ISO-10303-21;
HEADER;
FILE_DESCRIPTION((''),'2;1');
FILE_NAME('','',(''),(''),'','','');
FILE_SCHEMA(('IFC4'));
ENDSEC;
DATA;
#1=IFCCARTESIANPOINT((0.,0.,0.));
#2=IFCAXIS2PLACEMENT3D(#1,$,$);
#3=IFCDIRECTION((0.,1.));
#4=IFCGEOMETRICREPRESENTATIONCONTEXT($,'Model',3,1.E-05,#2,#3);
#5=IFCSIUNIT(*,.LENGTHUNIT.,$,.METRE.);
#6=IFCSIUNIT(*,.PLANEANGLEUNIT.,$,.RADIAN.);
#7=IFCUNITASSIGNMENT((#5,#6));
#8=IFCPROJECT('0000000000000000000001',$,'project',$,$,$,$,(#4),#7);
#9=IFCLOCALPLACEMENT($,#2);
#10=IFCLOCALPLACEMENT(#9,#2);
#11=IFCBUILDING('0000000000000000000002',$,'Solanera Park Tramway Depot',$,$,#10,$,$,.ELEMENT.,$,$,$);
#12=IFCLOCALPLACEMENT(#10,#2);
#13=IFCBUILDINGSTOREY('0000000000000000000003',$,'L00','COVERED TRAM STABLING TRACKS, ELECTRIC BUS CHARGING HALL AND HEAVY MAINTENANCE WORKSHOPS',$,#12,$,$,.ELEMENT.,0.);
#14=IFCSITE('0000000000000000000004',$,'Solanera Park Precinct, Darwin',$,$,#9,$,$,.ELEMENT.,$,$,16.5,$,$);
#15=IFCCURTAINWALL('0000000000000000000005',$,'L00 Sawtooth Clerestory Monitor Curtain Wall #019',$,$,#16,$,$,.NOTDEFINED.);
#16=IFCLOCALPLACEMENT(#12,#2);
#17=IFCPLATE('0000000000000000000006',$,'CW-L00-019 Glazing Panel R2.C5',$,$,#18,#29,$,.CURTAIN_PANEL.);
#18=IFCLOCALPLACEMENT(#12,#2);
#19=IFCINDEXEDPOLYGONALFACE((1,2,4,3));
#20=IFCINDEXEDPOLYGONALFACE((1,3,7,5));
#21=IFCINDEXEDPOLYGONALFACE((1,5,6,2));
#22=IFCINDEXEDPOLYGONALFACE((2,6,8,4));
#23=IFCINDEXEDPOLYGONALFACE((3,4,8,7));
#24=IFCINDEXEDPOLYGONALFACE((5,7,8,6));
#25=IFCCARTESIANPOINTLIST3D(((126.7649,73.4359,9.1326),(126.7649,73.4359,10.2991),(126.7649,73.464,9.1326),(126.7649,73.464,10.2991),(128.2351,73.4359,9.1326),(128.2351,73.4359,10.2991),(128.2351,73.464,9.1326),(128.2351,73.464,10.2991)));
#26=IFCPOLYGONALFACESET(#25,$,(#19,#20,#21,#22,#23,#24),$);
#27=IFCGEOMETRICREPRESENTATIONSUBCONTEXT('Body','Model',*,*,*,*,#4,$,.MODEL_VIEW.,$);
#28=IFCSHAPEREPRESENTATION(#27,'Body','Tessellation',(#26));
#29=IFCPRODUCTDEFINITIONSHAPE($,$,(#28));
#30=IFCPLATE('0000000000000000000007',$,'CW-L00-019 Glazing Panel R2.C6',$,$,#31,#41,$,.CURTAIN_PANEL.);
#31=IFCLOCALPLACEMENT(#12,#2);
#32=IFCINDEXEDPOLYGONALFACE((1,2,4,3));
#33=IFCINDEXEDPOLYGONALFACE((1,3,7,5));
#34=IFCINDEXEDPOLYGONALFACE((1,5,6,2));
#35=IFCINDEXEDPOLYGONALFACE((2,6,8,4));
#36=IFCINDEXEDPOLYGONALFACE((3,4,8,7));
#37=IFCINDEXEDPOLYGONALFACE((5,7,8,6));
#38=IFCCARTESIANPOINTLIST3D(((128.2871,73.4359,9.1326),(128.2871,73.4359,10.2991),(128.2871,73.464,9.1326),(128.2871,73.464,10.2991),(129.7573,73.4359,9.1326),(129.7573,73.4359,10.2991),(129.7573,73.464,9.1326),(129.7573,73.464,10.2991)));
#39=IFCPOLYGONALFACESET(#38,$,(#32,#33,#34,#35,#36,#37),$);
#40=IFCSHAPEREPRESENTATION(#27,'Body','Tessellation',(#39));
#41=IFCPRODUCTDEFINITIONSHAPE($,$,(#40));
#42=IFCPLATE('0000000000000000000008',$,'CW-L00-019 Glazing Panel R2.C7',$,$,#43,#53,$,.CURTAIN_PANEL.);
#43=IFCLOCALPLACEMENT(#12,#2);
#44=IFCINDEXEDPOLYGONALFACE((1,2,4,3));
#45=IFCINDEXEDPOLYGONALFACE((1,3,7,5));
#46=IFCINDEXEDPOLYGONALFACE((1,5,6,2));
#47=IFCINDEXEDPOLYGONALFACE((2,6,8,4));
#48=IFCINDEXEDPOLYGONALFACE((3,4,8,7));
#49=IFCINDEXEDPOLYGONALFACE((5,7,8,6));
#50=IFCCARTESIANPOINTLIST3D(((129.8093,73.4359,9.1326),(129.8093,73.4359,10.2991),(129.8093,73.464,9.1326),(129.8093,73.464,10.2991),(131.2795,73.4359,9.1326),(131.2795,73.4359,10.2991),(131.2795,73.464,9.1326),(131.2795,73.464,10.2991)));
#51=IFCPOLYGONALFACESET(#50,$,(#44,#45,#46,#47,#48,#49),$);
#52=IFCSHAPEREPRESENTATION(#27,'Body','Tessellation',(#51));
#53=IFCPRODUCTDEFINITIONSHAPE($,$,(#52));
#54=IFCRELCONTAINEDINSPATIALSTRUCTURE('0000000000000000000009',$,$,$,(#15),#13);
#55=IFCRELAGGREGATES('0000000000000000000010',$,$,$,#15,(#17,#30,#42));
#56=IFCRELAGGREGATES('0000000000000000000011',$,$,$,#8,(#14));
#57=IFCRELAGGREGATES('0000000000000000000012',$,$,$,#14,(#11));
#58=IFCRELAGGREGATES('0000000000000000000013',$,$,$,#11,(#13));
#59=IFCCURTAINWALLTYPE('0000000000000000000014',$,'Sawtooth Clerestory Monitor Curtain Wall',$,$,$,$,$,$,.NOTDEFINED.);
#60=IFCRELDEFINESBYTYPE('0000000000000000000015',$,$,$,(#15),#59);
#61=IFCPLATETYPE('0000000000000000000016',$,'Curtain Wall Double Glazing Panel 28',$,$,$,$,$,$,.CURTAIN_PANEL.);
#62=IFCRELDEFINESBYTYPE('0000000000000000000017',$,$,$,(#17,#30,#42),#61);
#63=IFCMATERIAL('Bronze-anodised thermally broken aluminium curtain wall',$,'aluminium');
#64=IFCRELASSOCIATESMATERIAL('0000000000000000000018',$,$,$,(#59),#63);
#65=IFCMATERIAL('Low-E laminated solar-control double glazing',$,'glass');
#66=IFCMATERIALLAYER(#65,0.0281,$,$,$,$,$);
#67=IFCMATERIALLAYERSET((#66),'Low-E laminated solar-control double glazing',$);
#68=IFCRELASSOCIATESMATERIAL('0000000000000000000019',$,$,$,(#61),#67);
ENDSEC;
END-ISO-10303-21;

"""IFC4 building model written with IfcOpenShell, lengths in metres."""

from ifc_helpers import new_model, si_unit, direction, frame, origin, origin_2d, place, context, subcontext, project, spatial, rectangle, extrude, material, layer, layer_set, type_object, element, aggregate, save


model = new_model("IFC4")

# Units and contexts
model_context = context("Model", 3, precision=1e-05, world=origin(), true_north=direction((0.0, 1.0)))
body_context = subcontext(model_context, "Body", "Model", "MODEL_VIEW")
ifc_project = project(units=[si_unit("LENGTHUNIT", "METRE"), si_unit("PLANEANGLEUNIT", "RADIAN")], contexts=[model_context])

# Site, building, storey
site_placement = place(None, origin())
site = spatial("IfcSite", under=ifc_project, at=site_placement, Name="Solanera Park Precinct, Darwin", CompositionType="ELEMENT", RefElevation=16.5)
building_placement = place(site_placement, origin())
building = spatial("IfcBuilding", under=site, at=building_placement, Name="Solanera Park Tramway Depot", CompositionType="ELEMENT")
storey_placement = place(building_placement, origin())
storey = spatial("IfcBuildingStorey", under=building, at=storey_placement, Name="L00", Description="COVERED TRAM STABLING TRACKS, ELECTRIC BUS CHARGING HALL AND HEAVY MAINTENANCE WORKSHOPS", CompositionType="ELEMENT", Elevation=0.0)

# Curtain wall, plates
ifc_material_1 = material(Name="Bronze-anodised thermally broken aluminium curtain wall", Category="aluminium")
curtain_wall_type = type_object("IfcCurtainWallType", Name="Sawtooth Clerestory Monitor Curtain Wall", PredefinedType="NOTDEFINED", material=ifc_material_1)
curtain_wall_placement = place(storey_placement, origin())
curtain_wall = element("IfcCurtainWall", 1, at=curtain_wall_placement, inside=storey, type_object=curtain_wall_type, Name="L00 Sawtooth Clerestory Monitor Curtain Wall #019", PredefinedType="NOTDEFINED")
ifc_material_2 = material(Name="Low-E laminated solar-control double glazing", Category="glass")
ifc_layer = layer(ifc_material_2, 0.0281)
ifc_layer_set = layer_set([ifc_layer], Name="Low-E laminated solar-control double glazing")
plate_type = type_object("IfcPlateType", Name="Curtain Wall Double Glazing Panel 28", PredefinedType="CURTAIN_PANEL", material=ifc_layer_set)
plate_1_placement = place(storey_placement, frame((127.5, 73.45, 9.1326), z_axis=(0.0, 0.0, 1.0), x_axis=(1.0, 0.0, 0.0)))
plate_1 = element("IfcPlate", 2, at=plate_1_placement, type_object=plate_type, Name="CW-L00-019 Glazing Panel R2.C5", PredefinedType="CURTAIN_PANEL", context=body_context, shape_type="SweptSolid", body=[
    extrude(rectangle(XDim=1.4702, YDim=0.0281, at=origin_2d()), origin(), (0.0, 0.0, 1.0), 1.1665),
])
plate_2_placement = place(storey_placement, frame((129.0222, 73.45, 9.1326), z_axis=(0.0, 0.0, 1.0), x_axis=(1.0, 0.0, 0.0)))
plate_2 = element("IfcPlate", 3, at=plate_2_placement, type_object=plate_type, Name="CW-L00-019 Glazing Panel R2.C6", PredefinedType="CURTAIN_PANEL", context=body_context, shape_type="SweptSolid", body=[
    extrude(rectangle(XDim=1.4702, YDim=0.0281, at=origin_2d()), origin(), (0.0, 0.0, 1.0), 1.1665),
])
plate_3_placement = place(storey_placement, frame((130.5444, 73.45, 9.1326), z_axis=(0.0, 0.0, 1.0), x_axis=(1.0, 0.0, 0.0)))
plate_3 = element("IfcPlate", 4, at=plate_3_placement, type_object=plate_type, Name="CW-L00-019 Glazing Panel R2.C7", PredefinedType="CURTAIN_PANEL", context=body_context, shape_type="SweptSolid", body=[
    extrude(rectangle(XDim=1.4702, YDim=0.0281, at=origin_2d()), origin(), (0.0, 0.0, 1.0), 1.1665),
])
aggregate(curtain_wall, [plate_1, plate_2, plate_3])

save(model, "model.ifc")
